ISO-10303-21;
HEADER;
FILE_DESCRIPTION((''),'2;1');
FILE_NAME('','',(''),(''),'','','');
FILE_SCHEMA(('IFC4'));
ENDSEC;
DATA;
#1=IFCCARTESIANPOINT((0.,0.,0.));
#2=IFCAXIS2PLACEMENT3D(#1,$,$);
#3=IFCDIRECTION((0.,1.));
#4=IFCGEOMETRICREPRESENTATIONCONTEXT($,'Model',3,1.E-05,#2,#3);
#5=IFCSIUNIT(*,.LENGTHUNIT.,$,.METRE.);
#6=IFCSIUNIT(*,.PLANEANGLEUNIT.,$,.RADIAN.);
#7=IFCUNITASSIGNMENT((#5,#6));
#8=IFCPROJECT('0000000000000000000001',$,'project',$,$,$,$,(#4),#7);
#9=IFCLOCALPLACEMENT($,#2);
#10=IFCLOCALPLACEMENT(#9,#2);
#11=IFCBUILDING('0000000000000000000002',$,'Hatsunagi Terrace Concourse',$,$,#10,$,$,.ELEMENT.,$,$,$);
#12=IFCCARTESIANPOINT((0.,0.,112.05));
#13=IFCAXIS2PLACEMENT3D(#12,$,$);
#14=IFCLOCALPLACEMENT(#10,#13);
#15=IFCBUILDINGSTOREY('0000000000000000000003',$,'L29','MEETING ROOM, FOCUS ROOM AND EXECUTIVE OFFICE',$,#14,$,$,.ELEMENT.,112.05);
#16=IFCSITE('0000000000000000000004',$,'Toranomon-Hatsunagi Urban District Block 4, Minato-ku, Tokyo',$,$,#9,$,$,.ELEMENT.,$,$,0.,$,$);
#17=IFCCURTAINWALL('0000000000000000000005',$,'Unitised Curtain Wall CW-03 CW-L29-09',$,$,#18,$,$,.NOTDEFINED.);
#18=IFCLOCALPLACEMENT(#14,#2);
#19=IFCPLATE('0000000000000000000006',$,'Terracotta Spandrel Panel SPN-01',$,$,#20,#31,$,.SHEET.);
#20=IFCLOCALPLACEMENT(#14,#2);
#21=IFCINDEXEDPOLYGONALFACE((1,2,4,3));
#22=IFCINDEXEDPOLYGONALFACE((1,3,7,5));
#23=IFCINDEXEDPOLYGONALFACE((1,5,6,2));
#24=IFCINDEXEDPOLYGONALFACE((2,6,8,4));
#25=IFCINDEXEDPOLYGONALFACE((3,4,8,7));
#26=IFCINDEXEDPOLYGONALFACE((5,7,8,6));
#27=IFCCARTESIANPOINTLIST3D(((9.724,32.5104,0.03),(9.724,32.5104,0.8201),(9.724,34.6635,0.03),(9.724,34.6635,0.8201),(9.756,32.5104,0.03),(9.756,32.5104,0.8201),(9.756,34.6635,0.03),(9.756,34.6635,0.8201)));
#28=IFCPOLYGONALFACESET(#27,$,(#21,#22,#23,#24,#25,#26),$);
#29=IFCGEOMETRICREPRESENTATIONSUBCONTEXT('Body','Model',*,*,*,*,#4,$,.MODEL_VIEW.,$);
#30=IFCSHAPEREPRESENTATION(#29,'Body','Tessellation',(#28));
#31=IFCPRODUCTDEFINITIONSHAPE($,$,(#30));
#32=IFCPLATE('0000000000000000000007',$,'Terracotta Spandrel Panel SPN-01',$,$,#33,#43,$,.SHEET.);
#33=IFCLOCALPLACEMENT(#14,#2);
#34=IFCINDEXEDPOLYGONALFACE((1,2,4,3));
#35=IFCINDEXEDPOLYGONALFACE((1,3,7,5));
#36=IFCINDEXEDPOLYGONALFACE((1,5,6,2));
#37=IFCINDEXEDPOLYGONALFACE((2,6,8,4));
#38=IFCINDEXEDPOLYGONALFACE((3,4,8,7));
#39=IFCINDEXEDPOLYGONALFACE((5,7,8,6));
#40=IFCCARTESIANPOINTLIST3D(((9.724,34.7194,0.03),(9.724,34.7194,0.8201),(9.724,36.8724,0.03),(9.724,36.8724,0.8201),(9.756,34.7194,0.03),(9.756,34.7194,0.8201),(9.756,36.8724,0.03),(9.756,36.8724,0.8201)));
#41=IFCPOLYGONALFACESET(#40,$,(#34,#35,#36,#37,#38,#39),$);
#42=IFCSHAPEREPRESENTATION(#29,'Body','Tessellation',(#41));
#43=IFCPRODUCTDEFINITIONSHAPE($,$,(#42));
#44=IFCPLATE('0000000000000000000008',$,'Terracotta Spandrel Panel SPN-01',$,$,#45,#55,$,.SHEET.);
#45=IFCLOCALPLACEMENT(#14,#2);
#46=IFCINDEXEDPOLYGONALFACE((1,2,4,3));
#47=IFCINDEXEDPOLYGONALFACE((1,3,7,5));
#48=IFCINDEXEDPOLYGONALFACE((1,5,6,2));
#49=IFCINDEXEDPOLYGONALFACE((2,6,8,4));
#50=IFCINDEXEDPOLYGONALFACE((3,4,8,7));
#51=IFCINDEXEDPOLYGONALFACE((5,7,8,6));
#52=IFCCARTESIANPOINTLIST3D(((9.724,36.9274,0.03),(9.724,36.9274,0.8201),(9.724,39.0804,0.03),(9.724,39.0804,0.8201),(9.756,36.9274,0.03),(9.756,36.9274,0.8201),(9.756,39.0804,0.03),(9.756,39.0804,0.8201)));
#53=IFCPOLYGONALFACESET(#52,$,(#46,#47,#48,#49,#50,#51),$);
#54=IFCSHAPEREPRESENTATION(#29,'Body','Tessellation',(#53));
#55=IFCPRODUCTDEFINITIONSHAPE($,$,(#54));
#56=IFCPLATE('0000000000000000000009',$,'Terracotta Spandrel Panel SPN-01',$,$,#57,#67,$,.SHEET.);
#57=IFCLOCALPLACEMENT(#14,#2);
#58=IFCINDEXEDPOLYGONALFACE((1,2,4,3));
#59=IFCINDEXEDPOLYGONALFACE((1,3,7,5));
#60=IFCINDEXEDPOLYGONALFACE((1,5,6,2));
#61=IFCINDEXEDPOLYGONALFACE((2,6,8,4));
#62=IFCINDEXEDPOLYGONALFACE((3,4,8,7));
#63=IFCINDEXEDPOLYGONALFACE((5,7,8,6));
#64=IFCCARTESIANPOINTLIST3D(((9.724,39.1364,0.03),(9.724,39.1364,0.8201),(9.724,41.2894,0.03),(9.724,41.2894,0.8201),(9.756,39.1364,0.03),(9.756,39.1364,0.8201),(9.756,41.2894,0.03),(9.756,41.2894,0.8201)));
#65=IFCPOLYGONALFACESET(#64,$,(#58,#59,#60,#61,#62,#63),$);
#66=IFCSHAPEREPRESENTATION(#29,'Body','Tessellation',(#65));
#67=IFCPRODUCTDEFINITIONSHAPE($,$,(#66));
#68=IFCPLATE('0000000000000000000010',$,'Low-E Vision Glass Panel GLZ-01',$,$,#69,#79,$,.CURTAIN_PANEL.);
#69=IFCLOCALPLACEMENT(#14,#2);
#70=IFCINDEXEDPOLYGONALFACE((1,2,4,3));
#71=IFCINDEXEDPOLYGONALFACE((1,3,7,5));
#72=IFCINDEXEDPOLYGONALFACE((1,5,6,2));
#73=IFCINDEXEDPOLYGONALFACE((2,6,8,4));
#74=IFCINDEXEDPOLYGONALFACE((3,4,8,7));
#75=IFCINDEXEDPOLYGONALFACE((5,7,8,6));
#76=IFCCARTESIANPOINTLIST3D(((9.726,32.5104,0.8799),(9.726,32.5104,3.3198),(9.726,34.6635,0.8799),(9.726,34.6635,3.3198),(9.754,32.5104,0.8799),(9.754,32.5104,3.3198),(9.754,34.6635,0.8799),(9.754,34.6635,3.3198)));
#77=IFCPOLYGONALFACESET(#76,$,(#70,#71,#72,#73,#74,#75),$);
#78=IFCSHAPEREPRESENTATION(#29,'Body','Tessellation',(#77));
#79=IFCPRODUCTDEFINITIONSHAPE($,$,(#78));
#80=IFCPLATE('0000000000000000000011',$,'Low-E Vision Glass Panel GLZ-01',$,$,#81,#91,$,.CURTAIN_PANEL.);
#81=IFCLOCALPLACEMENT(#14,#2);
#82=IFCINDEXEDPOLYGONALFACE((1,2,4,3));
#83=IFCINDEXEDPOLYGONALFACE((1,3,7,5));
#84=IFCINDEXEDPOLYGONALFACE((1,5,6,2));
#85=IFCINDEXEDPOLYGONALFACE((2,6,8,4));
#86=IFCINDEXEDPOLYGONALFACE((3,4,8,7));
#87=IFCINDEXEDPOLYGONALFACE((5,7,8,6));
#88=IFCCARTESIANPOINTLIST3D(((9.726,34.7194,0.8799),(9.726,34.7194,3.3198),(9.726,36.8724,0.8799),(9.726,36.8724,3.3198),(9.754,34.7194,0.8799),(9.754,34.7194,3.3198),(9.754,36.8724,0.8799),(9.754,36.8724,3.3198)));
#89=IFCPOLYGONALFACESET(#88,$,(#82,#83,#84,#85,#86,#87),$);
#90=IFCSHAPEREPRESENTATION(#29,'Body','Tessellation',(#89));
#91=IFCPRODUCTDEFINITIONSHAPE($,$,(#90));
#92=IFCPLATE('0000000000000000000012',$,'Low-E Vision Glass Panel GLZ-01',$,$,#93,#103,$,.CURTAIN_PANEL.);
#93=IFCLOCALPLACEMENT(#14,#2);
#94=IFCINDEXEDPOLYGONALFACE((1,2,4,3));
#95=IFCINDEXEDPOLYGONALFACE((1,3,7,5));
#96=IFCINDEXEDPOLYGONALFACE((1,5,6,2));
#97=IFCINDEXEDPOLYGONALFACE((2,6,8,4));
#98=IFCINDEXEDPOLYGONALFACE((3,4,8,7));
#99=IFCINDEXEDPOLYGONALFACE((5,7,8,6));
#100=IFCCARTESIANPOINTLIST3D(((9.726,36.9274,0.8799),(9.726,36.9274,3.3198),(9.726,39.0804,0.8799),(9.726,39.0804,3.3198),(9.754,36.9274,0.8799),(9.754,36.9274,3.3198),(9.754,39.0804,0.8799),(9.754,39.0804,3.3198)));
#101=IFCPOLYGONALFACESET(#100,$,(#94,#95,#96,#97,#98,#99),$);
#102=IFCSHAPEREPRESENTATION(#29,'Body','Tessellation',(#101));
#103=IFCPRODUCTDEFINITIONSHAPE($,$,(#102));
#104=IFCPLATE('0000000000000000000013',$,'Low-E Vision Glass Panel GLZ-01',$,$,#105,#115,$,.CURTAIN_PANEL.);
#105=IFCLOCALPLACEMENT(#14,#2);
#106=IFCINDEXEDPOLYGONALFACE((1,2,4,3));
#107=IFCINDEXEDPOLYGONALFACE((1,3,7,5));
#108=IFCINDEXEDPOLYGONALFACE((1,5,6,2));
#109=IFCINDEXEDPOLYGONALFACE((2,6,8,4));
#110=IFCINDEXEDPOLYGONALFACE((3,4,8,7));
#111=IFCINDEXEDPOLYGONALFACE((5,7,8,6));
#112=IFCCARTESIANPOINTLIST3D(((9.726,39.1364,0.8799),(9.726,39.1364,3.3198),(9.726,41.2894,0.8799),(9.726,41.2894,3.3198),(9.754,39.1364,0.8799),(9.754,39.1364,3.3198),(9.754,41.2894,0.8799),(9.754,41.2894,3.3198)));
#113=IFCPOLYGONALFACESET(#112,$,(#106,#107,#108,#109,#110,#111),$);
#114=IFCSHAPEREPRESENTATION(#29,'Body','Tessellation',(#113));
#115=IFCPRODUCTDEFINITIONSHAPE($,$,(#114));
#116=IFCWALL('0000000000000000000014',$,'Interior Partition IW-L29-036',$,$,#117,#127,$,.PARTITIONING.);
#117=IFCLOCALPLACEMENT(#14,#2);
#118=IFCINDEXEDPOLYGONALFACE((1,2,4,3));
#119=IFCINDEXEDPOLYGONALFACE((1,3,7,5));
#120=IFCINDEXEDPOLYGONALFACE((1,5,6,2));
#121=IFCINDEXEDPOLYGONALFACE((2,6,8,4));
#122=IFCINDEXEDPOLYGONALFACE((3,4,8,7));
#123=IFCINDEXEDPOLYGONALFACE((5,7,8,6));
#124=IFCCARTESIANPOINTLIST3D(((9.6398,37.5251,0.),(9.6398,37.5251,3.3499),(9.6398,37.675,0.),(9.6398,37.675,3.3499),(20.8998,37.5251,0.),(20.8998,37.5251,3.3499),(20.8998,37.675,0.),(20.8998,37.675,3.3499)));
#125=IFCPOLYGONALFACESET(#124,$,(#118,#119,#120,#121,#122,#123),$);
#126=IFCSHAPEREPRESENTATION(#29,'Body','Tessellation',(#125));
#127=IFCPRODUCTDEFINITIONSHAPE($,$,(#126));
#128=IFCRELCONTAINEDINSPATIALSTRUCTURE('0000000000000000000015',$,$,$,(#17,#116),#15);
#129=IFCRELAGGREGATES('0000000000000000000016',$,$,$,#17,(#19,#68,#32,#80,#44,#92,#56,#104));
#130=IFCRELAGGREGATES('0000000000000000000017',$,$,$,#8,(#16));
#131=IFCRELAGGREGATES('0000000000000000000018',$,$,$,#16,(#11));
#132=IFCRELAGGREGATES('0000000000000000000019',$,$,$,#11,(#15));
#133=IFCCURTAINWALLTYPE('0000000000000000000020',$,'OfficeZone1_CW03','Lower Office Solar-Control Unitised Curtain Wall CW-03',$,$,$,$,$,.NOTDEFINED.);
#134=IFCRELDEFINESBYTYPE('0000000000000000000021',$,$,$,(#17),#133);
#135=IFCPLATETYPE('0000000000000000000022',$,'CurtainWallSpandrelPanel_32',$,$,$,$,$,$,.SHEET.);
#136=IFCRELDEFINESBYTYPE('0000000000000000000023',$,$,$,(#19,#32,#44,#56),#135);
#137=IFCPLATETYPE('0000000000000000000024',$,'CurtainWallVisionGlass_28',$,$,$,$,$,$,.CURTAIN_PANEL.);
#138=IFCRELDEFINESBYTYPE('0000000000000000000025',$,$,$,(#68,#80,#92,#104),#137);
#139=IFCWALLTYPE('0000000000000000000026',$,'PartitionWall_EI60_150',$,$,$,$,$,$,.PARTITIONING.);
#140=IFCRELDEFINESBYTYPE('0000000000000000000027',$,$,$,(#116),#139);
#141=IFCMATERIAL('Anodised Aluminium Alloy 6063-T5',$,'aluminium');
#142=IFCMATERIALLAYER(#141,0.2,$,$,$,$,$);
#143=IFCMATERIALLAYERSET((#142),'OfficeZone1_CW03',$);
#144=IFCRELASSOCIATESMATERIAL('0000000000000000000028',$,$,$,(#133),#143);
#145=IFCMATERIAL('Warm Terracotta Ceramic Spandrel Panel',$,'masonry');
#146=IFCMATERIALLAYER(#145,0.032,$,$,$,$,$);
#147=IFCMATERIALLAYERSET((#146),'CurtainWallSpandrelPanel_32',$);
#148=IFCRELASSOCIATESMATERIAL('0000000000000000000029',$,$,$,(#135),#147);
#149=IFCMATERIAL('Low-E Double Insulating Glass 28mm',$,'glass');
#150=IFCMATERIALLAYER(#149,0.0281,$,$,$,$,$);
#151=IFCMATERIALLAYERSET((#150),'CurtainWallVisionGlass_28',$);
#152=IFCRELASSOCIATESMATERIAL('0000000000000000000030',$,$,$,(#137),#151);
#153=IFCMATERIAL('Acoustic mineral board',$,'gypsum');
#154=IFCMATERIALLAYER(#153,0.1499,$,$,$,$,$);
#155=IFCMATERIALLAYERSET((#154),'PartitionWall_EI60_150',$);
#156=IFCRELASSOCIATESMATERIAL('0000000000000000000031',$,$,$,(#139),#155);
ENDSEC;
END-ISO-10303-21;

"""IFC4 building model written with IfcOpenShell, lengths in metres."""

from ifc_helpers import new_model, si_unit, direction, frame, frame_2d, origin, origin_2d, place, context, subcontext, project, spatial, rectangle, extrude, material, layer, layer_set, type_object, element, aggregate, save


model = new_model("IFC4")

# Units and contexts
model_context = context("Model", 3, precision=1e-05, world=origin(), true_north=direction((0.0, 1.0)))
body_context = subcontext(model_context, "Body", "Model", "MODEL_VIEW")
ifc_project = project(units=[si_unit("LENGTHUNIT", "METRE"), si_unit("PLANEANGLEUNIT", "RADIAN")], contexts=[model_context])

# Site, building, storey
site_placement = place(None, origin())
site = spatial("IfcSite", under=ifc_project, at=site_placement, Name="Toranomon-Hatsunagi Urban District Block 4, Minato-ku, Tokyo", CompositionType="ELEMENT", RefElevation=0.0)
building_placement = place(site_placement, origin())
building = spatial("IfcBuilding", under=site, at=building_placement, Name="Hatsunagi Terrace Concourse", CompositionType="ELEMENT")
storey_placement = place(building_placement, frame((0.0, 0.0, 112.05)))
storey = spatial("IfcBuildingStorey", under=building, at=storey_placement, Name="L29", Description="MEETING ROOM, FOCUS ROOM AND EXECUTIVE OFFICE", CompositionType="ELEMENT", Elevation=112.05)

# Curtain wall
ifc_material_1 = material(Name="Anodised Aluminium Alloy 6063-T5", Category="aluminium")
ifc_layer_1 = layer(ifc_material_1, 0.2)
ifc_layer_set_1 = layer_set([ifc_layer_1], Name="OfficeZone1_CW03")
curtain_wall_type = type_object("IfcCurtainWallType", Name="OfficeZone1_CW03", Description="Lower Office Solar-Control Unitised Curtain Wall CW-03", PredefinedType="NOTDEFINED", material=ifc_layer_set_1)
curtain_wall_placement = place(storey_placement, origin())
curtain_wall = element("IfcCurtainWall", 1, at=curtain_wall_placement, inside=storey, type_object=curtain_wall_type, Name="Unitised Curtain Wall CW-03 CW-L29-09", PredefinedType="NOTDEFINED")

# Plates
ifc_material_2 = material(Name="Warm Terracotta Ceramic Spandrel Panel", Category="masonry")
ifc_layer_2 = layer(ifc_material_2, 0.032)
ifc_layer_set_2 = layer_set([ifc_layer_2], Name="CurtainWallSpandrelPanel_32")
plate_type_1 = type_object("IfcPlateType", Name="CurtainWallSpandrelPanel_32", PredefinedType="SHEET", material=ifc_layer_set_2)
plate_1_placement = place(storey_placement, frame((9.74, 33.5869, 0.03), z_axis=(0.0, 0.0, 1.0), x_axis=(0.0, 1.0, 0.0)))
plate_1 = element("IfcPlate", 2, at=plate_1_placement, type_object=plate_type_1, Name="Terracotta Spandrel Panel SPN-01", PredefinedType="SHEET", context=body_context, shape_type="SweptSolid", body=[
    extrude(rectangle(XDim=2.1531, YDim=0.032, at=origin_2d()), origin(), (0.0, 0.0, 1.0), 0.79),
])
plate_2_placement = place(storey_placement, frame((9.74, 35.7959, 0.03), z_axis=(0.0, 0.0, 1.0), x_axis=(0.0, 1.0, 0.0)))
plate_2 = element("IfcPlate", 3, at=plate_2_placement, type_object=plate_type_1, Name="Terracotta Spandrel Panel SPN-01", PredefinedType="SHEET", context=body_context, shape_type="SweptSolid", body=[
    extrude(rectangle(XDim=2.1531, YDim=0.032, at=origin_2d()), origin(), (0.0, 0.0, 1.0), 0.79),
])
plate_3_placement = place(storey_placement, frame((9.74, 38.0039, 0.03), z_axis=(0.0, 0.0, 1.0), x_axis=(0.0, 1.0, 0.0)))
plate_3 = element("IfcPlate", 4, at=plate_3_placement, type_object=plate_type_1, Name="Terracotta Spandrel Panel SPN-01", PredefinedType="SHEET", context=body_context, shape_type="SweptSolid", body=[
    extrude(rectangle(XDim=2.1531, YDim=0.032, at=origin_2d()), origin(), (0.0, 0.0, 1.0), 0.79),
])
plate_4_placement = place(storey_placement, frame((9.74, 40.2129, 0.03), z_axis=(0.0, 0.0, 1.0), x_axis=(0.0, 1.0, 0.0)))
plate_4 = element("IfcPlate", 5, at=plate_4_placement, type_object=plate_type_1, Name="Terracotta Spandrel Panel SPN-01", PredefinedType="SHEET", context=body_context, shape_type="SweptSolid", body=[
    extrude(rectangle(XDim=2.1531, YDim=0.032, at=origin_2d()), origin(), (0.0, 0.0, 1.0), 0.79),
])
ifc_material_3 = material(Name="Low-E Double Insulating Glass 28mm", Category="glass")
ifc_layer_3 = layer(ifc_material_3, 0.0281)
ifc_layer_set_3 = layer_set([ifc_layer_3], Name="CurtainWallVisionGlass_28")
plate_type_2 = type_object("IfcPlateType", Name="CurtainWallVisionGlass_28", PredefinedType="CURTAIN_PANEL", material=ifc_layer_set_3)
plate_5_placement = place(storey_placement, frame((9.74, 33.5869, 0.8799), z_axis=(0.0, 0.0, 1.0), x_axis=(0.0, 1.0, 0.0)))
plate_5 = element("IfcPlate", 6, at=plate_5_placement, type_object=plate_type_2, Name="Low-E Vision Glass Panel GLZ-01", PredefinedType="CURTAIN_PANEL", context=body_context, shape_type="SweptSolid", body=[
    extrude(rectangle(XDim=2.1531, YDim=0.0281, at=origin_2d()), origin(), (0.0, 0.0, 1.0), 2.4399),
])
plate_6_placement = place(storey_placement, frame((9.74, 35.7959, 0.8799), z_axis=(0.0, 0.0, 1.0), x_axis=(0.0, 1.0, 0.0)))
plate_6 = element("IfcPlate", 7, at=plate_6_placement, type_object=plate_type_2, Name="Low-E Vision Glass Panel GLZ-01", PredefinedType="CURTAIN_PANEL", context=body_context, shape_type="SweptSolid", body=[
    extrude(rectangle(XDim=2.1531, YDim=0.0281, at=origin_2d()), origin(), (0.0, 0.0, 1.0), 2.4399),
])
plate_7_placement = place(storey_placement, frame((9.74, 38.0039, 0.8799), z_axis=(0.0, 0.0, 1.0), x_axis=(0.0, 1.0, 0.0)))
plate_7 = element("IfcPlate", 8, at=plate_7_placement, type_object=plate_type_2, Name="Low-E Vision Glass Panel GLZ-01", PredefinedType="CURTAIN_PANEL", context=body_context, shape_type="SweptSolid", body=[
    extrude(rectangle(XDim=2.1531, YDim=0.0281, at=origin_2d()), origin(), (0.0, 0.0, 1.0), 2.4399),
])
plate_8_placement = place(storey_placement, frame((9.74, 40.2129, 0.8799), z_axis=(0.0, 0.0, 1.0), x_axis=(0.0, 1.0, 0.0)))
plate_8 = element("IfcPlate", 9, at=plate_8_placement, type_object=plate_type_2, Name="Low-E Vision Glass Panel GLZ-01", PredefinedType="CURTAIN_PANEL", context=body_context, shape_type="SweptSolid", body=[
    extrude(rectangle(XDim=2.1531, YDim=0.0281, at=origin_2d()), origin(), (0.0, 0.0, 1.0), 2.4399),
])
aggregate(curtain_wall, [plate_1, plate_5, plate_2, plate_6, plate_3, plate_7, plate_4, plate_8])

# Wall
ifc_material_4 = material(Name="Acoustic mineral board", Category="gypsum")
ifc_layer_4 = layer(ifc_material_4, 0.1499)
ifc_layer_set_4 = layer_set([ifc_layer_4], Name="PartitionWall_EI60_150")
wall_type = type_object("IfcWallType", Name="PartitionWall_EI60_150", PredefinedType="PARTITIONING", material=ifc_layer_set_4)
wall_placement = place(storey_placement, frame((9.6399, 37.6001, 0.0), z_axis=(0.0, 0.0, 1.0), x_axis=(1.0, 0.0, 0.0)))
element("IfcWall", 10, at=wall_placement, inside=storey, type_object=wall_type, Name="Interior Partition IW-L29-036", PredefinedType="PARTITIONING", context=body_context, shape_type="SweptSolid", body=[
    extrude(rectangle(XDim=11.26, YDim=0.1499, at=frame_2d((5.6299, 0.0))), origin(), (0.0, 0.0, 1.0), 3.3499),
])

save(model, "model.ifc")
